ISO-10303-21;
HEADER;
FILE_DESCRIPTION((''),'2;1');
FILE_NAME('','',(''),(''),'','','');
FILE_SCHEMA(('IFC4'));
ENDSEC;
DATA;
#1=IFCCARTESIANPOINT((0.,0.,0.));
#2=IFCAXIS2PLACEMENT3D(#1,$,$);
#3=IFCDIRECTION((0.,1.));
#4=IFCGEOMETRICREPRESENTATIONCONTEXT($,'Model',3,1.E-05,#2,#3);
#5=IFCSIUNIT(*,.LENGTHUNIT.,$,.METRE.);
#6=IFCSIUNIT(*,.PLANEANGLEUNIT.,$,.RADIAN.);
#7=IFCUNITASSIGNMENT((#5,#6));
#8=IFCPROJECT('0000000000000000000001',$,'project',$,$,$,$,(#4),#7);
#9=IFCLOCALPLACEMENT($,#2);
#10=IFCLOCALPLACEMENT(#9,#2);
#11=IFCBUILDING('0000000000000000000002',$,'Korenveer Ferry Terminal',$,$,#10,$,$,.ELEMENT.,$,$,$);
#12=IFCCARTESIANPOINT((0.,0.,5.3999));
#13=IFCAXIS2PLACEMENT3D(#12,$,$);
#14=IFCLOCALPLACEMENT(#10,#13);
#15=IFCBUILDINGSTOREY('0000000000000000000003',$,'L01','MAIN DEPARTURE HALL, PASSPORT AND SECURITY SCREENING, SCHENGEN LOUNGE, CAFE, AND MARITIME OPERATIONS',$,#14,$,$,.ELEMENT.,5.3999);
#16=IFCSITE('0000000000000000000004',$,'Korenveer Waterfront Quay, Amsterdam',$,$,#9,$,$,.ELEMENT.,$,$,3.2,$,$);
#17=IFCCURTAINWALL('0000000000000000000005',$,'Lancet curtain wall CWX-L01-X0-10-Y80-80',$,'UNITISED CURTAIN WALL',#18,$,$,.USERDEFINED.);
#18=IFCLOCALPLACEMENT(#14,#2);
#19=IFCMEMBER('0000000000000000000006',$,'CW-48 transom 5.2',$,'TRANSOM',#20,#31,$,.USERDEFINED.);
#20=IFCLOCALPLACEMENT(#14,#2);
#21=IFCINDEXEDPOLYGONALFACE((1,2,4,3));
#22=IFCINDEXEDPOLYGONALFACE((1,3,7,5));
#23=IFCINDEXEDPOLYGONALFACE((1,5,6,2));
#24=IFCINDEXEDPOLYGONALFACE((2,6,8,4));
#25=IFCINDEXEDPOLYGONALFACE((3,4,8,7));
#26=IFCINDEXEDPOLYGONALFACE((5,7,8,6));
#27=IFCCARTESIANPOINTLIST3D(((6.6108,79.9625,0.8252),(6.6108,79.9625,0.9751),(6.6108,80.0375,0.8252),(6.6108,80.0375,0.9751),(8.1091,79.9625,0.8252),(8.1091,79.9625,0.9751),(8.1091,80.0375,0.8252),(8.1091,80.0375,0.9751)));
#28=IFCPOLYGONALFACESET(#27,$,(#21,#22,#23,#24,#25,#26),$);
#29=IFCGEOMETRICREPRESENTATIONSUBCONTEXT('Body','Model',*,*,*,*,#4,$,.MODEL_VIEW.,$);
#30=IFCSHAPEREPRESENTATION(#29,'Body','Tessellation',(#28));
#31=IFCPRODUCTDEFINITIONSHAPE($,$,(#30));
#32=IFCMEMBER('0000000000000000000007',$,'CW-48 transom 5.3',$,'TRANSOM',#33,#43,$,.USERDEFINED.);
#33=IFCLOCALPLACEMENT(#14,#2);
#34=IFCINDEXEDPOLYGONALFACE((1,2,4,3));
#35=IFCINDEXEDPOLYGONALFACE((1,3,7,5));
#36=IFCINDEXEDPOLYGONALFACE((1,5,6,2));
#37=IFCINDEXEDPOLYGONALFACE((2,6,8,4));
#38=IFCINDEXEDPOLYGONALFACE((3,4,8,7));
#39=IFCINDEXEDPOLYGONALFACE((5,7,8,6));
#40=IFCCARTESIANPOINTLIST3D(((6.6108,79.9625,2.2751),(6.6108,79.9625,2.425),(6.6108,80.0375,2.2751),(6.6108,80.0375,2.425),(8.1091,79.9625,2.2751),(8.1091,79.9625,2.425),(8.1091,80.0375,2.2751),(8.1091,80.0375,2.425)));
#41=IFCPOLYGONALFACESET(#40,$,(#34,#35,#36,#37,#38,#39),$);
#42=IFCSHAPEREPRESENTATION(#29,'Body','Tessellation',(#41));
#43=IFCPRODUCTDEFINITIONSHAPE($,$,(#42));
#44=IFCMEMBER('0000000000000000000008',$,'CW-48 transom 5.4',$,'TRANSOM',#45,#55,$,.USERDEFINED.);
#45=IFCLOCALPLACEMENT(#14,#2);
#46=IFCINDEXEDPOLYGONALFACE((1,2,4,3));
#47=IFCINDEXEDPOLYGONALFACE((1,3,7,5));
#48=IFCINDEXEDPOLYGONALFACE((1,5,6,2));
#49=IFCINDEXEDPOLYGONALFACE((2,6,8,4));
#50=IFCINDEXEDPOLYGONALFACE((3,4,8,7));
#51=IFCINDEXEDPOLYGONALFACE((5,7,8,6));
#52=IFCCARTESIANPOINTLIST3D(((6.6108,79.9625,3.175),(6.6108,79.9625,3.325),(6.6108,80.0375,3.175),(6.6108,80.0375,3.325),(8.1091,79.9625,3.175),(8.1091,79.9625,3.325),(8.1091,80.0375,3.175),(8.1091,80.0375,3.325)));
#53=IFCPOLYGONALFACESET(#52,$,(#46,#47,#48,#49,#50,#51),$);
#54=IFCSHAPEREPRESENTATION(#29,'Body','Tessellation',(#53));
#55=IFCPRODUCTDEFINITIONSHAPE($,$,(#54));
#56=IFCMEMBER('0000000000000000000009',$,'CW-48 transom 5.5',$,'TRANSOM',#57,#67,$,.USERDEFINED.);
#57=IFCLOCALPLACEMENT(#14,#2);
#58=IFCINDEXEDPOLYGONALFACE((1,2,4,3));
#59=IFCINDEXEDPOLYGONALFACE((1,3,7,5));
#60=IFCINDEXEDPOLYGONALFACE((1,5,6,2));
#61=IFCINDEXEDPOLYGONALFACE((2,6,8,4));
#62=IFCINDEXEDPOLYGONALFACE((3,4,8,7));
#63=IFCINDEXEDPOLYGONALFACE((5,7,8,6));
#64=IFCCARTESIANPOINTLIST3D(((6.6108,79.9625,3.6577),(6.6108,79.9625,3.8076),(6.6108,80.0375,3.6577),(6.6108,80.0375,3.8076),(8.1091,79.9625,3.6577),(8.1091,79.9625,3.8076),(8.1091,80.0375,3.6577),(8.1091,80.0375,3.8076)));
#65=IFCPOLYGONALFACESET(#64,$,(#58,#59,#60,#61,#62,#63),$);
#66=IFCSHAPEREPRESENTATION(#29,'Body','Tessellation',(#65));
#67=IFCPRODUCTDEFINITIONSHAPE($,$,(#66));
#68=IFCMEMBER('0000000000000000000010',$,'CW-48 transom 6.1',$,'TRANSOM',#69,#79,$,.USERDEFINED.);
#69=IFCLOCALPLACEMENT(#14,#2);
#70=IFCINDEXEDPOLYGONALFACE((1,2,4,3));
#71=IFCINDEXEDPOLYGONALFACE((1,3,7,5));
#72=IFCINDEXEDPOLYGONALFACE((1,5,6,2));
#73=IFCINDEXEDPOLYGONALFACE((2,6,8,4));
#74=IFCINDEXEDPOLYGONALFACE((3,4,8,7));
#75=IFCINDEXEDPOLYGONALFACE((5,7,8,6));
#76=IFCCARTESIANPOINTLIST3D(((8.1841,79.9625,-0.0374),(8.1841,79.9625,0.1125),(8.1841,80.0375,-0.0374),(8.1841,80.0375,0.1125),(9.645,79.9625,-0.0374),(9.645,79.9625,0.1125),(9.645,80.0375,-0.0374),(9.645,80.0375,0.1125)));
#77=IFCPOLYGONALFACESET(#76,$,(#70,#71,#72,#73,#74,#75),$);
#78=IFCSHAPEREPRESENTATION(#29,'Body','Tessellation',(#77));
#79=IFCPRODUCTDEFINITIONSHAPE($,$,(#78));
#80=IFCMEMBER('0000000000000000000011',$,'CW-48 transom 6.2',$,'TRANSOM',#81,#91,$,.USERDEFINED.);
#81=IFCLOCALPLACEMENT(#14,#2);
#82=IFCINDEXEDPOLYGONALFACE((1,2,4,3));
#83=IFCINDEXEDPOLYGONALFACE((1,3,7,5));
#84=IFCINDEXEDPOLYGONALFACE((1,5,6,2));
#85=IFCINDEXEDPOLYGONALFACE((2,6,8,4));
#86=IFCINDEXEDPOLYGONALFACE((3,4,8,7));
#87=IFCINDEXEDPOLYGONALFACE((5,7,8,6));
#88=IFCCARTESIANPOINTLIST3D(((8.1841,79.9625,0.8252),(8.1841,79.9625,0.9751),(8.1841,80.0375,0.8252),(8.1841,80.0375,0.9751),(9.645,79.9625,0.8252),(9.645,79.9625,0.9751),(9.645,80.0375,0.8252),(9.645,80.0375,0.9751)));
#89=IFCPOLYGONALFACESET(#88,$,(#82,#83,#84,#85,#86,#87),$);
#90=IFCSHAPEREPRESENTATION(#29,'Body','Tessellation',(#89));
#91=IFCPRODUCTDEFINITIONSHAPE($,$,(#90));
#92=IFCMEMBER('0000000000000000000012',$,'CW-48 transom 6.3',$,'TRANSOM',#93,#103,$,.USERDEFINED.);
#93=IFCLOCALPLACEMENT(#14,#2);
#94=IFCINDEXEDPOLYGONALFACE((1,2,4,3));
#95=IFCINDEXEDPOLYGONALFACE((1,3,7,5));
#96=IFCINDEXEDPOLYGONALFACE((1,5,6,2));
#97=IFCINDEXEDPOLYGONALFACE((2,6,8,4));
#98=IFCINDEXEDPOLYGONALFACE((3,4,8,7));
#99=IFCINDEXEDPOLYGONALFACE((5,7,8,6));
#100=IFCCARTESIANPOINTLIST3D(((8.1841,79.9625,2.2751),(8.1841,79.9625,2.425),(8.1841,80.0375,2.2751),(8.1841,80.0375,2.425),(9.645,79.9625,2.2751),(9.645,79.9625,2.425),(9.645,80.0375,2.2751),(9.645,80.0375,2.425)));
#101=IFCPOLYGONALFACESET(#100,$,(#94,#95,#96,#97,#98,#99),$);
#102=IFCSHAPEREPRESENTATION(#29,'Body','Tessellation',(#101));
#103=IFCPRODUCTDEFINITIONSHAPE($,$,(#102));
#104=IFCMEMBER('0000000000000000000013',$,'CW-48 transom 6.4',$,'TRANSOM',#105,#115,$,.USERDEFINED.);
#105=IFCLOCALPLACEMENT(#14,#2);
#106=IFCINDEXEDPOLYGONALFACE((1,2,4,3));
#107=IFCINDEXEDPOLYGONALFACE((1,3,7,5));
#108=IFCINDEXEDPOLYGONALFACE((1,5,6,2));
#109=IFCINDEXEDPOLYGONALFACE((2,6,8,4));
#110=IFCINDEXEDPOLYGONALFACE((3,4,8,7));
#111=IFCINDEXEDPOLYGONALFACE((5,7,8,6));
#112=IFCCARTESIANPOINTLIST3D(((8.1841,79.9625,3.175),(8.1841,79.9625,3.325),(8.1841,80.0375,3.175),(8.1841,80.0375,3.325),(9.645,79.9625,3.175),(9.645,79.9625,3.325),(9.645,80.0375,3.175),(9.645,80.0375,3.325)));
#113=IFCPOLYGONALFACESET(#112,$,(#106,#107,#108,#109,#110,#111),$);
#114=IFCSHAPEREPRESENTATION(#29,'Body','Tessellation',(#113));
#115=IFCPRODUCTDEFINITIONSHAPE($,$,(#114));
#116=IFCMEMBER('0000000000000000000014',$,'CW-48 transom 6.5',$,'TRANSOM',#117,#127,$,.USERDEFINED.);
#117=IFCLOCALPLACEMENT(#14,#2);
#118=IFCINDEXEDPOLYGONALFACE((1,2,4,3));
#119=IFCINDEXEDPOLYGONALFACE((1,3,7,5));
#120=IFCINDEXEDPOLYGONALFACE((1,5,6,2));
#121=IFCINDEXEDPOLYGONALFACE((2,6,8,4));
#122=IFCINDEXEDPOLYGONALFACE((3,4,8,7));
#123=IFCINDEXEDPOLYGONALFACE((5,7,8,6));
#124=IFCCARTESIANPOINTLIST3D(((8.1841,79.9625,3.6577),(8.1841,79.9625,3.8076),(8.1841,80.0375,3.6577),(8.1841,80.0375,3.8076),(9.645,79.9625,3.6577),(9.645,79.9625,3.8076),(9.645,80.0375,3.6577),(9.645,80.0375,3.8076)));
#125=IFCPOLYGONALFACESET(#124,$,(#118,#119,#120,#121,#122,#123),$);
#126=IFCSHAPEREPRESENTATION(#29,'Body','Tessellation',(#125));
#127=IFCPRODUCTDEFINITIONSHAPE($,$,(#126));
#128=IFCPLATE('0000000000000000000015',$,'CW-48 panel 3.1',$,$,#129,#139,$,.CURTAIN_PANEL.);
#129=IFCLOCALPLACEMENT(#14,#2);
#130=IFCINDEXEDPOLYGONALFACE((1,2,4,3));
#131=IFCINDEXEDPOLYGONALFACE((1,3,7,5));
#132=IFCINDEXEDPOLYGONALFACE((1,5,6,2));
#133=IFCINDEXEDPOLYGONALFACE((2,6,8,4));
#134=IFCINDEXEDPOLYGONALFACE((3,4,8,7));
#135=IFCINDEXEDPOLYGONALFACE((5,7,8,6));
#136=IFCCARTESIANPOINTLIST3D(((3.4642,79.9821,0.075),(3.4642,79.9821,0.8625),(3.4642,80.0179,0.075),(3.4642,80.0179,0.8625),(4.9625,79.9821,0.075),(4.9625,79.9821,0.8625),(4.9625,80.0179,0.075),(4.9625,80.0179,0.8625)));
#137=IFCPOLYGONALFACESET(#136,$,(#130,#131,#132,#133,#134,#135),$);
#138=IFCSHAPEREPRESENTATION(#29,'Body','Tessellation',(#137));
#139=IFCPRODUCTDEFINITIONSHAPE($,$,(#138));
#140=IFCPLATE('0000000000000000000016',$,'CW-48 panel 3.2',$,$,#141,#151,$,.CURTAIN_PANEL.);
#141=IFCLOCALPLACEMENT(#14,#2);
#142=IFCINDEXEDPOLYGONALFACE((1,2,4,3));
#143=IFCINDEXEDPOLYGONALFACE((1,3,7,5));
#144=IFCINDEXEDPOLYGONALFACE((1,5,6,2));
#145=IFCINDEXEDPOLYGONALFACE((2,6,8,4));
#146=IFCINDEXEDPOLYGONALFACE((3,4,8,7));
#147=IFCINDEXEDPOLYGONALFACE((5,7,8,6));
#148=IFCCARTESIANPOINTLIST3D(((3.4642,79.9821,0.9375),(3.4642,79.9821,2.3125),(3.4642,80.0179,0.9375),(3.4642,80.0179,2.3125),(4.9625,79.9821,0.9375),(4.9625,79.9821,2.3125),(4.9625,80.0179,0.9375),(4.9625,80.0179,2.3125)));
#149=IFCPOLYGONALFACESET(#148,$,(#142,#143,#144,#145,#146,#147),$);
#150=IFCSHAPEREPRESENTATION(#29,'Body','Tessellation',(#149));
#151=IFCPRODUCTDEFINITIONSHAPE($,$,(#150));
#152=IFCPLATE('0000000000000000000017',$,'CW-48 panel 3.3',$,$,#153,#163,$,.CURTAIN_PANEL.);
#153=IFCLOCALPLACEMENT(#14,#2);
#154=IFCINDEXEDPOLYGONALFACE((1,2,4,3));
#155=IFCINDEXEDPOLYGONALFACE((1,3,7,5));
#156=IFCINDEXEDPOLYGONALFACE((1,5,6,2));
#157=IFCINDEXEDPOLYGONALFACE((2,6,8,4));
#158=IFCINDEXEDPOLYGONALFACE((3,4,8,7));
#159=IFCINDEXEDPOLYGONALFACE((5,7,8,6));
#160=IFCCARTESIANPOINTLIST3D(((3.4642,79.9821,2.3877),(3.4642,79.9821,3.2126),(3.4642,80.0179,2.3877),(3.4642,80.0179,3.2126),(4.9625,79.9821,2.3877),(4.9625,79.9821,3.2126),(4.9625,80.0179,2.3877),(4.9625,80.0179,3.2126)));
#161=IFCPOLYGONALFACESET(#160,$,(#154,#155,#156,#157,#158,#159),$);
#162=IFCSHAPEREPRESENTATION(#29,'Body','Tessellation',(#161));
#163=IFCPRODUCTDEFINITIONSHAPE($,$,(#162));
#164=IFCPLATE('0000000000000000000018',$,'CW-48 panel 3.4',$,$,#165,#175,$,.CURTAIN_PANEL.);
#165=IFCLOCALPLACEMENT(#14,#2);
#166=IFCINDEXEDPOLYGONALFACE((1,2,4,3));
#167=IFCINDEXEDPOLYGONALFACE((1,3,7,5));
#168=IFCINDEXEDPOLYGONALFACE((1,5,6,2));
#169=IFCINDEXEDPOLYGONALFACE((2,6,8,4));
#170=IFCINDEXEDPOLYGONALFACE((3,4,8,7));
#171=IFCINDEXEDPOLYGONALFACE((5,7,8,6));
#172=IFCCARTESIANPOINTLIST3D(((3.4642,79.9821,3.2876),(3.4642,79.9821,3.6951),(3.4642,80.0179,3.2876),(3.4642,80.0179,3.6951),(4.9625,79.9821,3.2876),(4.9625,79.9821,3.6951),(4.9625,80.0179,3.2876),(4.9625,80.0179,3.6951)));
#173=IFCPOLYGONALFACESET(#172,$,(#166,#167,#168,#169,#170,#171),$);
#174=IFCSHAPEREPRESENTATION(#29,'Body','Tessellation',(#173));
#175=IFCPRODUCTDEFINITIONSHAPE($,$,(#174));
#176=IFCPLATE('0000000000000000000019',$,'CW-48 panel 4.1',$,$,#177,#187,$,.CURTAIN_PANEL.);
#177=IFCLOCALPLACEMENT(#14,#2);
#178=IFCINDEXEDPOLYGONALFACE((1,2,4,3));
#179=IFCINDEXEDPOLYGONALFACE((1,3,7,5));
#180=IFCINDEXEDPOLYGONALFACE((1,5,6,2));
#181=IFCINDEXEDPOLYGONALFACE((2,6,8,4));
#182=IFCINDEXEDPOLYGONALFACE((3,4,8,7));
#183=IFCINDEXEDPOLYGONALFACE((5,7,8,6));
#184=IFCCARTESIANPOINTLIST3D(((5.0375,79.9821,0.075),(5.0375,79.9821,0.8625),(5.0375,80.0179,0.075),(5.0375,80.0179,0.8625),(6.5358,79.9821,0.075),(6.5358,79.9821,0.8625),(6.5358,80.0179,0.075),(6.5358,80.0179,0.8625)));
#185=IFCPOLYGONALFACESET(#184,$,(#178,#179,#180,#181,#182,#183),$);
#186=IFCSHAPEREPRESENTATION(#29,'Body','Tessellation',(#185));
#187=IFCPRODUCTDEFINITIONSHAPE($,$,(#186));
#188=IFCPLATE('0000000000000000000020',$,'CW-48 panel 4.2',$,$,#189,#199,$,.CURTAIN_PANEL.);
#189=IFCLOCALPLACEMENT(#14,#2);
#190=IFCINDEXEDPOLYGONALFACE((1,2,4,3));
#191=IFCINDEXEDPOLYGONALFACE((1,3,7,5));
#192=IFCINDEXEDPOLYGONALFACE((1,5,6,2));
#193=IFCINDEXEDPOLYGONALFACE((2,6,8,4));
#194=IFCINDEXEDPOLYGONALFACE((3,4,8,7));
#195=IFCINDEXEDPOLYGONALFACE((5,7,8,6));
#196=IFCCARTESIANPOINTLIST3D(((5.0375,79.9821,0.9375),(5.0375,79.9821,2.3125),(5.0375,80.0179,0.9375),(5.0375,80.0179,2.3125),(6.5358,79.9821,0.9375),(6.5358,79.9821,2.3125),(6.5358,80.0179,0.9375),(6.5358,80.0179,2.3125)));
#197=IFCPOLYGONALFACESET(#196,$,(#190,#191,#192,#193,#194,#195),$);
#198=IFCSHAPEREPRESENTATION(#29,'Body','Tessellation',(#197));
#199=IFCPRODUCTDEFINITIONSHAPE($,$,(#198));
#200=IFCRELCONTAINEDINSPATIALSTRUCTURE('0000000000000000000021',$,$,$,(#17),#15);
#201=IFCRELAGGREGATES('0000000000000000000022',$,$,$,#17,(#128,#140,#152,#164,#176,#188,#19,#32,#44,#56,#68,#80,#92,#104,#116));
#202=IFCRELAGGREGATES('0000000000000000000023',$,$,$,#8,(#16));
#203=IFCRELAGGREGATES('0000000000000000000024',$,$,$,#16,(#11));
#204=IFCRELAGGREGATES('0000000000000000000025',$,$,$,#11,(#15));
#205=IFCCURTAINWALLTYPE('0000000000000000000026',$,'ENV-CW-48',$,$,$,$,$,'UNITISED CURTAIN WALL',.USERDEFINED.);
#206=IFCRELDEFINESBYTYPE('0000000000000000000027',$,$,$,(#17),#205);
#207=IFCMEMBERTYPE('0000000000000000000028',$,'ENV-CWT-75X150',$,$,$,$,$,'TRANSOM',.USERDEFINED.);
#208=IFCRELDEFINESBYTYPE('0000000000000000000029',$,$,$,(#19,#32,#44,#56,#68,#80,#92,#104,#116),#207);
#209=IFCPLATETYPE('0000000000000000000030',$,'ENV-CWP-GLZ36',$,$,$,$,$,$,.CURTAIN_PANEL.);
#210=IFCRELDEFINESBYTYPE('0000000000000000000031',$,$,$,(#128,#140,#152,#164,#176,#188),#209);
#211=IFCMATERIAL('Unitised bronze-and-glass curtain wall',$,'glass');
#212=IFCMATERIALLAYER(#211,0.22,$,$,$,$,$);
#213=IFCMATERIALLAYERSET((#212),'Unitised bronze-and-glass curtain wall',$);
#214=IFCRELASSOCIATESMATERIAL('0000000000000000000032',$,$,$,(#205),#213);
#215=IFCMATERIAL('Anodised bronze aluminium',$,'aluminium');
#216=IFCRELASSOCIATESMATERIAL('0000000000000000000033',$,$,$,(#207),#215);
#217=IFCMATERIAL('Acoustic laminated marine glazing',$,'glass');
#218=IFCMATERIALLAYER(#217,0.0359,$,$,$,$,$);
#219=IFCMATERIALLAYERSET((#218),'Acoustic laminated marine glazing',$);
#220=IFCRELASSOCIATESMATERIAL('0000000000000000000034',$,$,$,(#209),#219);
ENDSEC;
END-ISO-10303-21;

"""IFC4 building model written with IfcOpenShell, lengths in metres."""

from ifc_helpers import new_model, si_unit, direction, frame, origin, origin_2d, place, context, subcontext, project, spatial, rectangle, extrude, material, layer, layer_set, material_profile, profile_set, type_object, element, aggregate, save


model = new_model("IFC4")

# Units and contexts
model_context = context("Model", 3, precision=1e-05, world=origin(), true_north=direction((0.0, 1.0)))
body_context = subcontext(model_context, "Body", "Model", "MODEL_VIEW")
ifc_project = project(units=[si_unit("LENGTHUNIT", "METRE"), si_unit("PLANEANGLEUNIT", "RADIAN")], contexts=[model_context])

# Site, building, storey
site_placement = place(None, origin())
site = spatial("IfcSite", under=ifc_project, at=site_placement, Name="Korenveer Waterfront Quay, Amsterdam", CompositionType="ELEMENT", RefElevation=3.2)
building_placement = place(site_placement, origin())
building = spatial("IfcBuilding", under=site, at=building_placement, Name="Korenveer Ferry Terminal", CompositionType="ELEMENT")
storey_placement = place(building_placement, frame((0.0, 0.0, 5.3999)))
storey = spatial("IfcBuildingStorey", under=building, at=storey_placement, Name="L01", Description="MAIN DEPARTURE HALL, PASSPORT AND SECURITY SCREENING, SCHENGEN LOUNGE, CAFE, AND MARITIME OPERATIONS", CompositionType="ELEMENT", Elevation=5.3999)

# Curtain wall, members, plates
ifc_material_1 = material(Name="Unitised bronze-and-glass curtain wall", Category="glass")
ifc_layer_1 = layer(ifc_material_1, 0.22)
ifc_layer_set_1 = layer_set([ifc_layer_1], Name="Unitised bronze-and-glass curtain wall")
curtain_wall_type = type_object("IfcCurtainWallType", Name="ENV-CW-48", ElementType="UNITISED CURTAIN WALL", PredefinedType="USERDEFINED", material=ifc_layer_set_1)
curtain_wall_placement = place(storey_placement, frame((0.28, 80.0, 0.0)))
curtain_wall = element("IfcCurtainWall", 1, at=curtain_wall_placement, inside=storey, type_object=curtain_wall_type, Name="Lancet curtain wall CWX-L01-X0-10-Y80-80", ObjectType="UNITISED CURTAIN WALL", PredefinedType="USERDEFINED")
ifc_material_2 = material(Name="Anodised bronze aluminium", Category="aluminium")
ifc_material_profile_1 = material_profile(ifc_material_2, rectangle(XDim=0.075, YDim=0.1499, at=origin_2d()), Name="ALU 75x150")
ifc_profile_set_1 = profile_set([ifc_material_profile_1], Name="Anodised bronze aluminium")
member_type_1 = type_object("IfcMemberType", Name="ENV-CWT-75X150", ElementType="TRANSOM", PredefinedType="USERDEFINED", material=ifc_profile_set_1)
member_1_placement = place(storey_placement, frame((6.6108, 80.0, 0.9001), z_axis=(1.0, 0.0, 0.0), x_axis=(0.0, 1.0, 0.0)))
member_1 = element("IfcMember", 2, at=member_1_placement, type_object=member_type_1, Name="CW-48 transom 5.2", ObjectType="TRANSOM", PredefinedType="USERDEFINED", context=body_context, shape_type="SweptSolid", body=[
    extrude(rectangle(XDim=0.075, YDim=0.1499, at=origin_2d()), origin(), (0.0, 0.0, 1.0), 1.4983),
])
member_2_placement = place(storey_placement, frame((6.6108, 80.0, 2.3501), z_axis=(1.0, 0.0, 0.0), x_axis=(0.0, 1.0, 0.0)))
member_2 = element("IfcMember", 3, at=member_2_placement, type_object=member_type_1, Name="CW-48 transom 5.3", ObjectType="TRANSOM", PredefinedType="USERDEFINED", context=body_context, shape_type="SweptSolid", body=[
    extrude(rectangle(XDim=0.075, YDim=0.1499, at=origin_2d()), origin(), (0.0, 0.0, 1.0), 1.4983),
])
member_3_placement = place(storey_placement, frame((6.6108, 80.0, 3.25), z_axis=(1.0, 0.0, 0.0), x_axis=(0.0, 1.0, 0.0)))
member_3 = element("IfcMember", 4, at=member_3_placement, type_object=member_type_1, Name="CW-48 transom 5.4", ObjectType="TRANSOM", PredefinedType="USERDEFINED", context=body_context, shape_type="SweptSolid", body=[
    extrude(rectangle(XDim=0.075, YDim=0.1499, at=origin_2d()), origin(), (0.0, 0.0, 1.0), 1.4983),
])
member_4_placement = place(storey_placement, frame((6.6108, 80.0, 3.7327), z_axis=(1.0, 0.0, 0.0), x_axis=(0.0, 1.0, 0.0)))
member_4 = element("IfcMember", 5, at=member_4_placement, type_object=member_type_1, Name="CW-48 transom 5.5", ObjectType="TRANSOM", PredefinedType="USERDEFINED", context=body_context, shape_type="SweptSolid", body=[
    extrude(rectangle(XDim=0.075, YDim=0.1499, at=origin_2d()), origin(), (0.0, 0.0, 1.0), 1.4983),
])
member_5_placement = place(storey_placement, frame((8.1841, 80.0, 0.0376), z_axis=(1.0, 0.0, 0.0), x_axis=(0.0, 1.0, 0.0)))
member_5 = element("IfcMember", 6, at=member_5_placement, type_object=member_type_1, Name="CW-48 transom 6.1", ObjectType="TRANSOM", PredefinedType="USERDEFINED", context=body_context, shape_type="SweptSolid", body=[
    extrude(rectangle(XDim=0.075, YDim=0.1499, at=origin_2d()), origin(), (0.0, 0.0, 1.0), 1.4609),
])
member_6_placement = place(storey_placement, frame((8.1841, 80.0, 0.9001), z_axis=(1.0, 0.0, 0.0), x_axis=(0.0, 1.0, 0.0)))
member_6 = element("IfcMember", 7, at=member_6_placement, type_object=member_type_1, Name="CW-48 transom 6.2", ObjectType="TRANSOM", PredefinedType="USERDEFINED", context=body_context, shape_type="SweptSolid", body=[
    extrude(rectangle(XDim=0.075, YDim=0.1499, at=origin_2d()), origin(), (0.0, 0.0, 1.0), 1.4609),
])
member_7_placement = place(storey_placement, frame((8.1841, 80.0, 2.3501), z_axis=(1.0, 0.0, 0.0), x_axis=(0.0, 1.0, 0.0)))
member_7 = element("IfcMember", 8, at=member_7_placement, type_object=member_type_1, Name="CW-48 transom 6.3", ObjectType="TRANSOM", PredefinedType="USERDEFINED", context=body_context, shape_type="SweptSolid", body=[
    extrude(rectangle(XDim=0.075, YDim=0.1499, at=origin_2d()), origin(), (0.0, 0.0, 1.0), 1.4609),
])
member_8_placement = place(storey_placement, frame((8.1841, 80.0, 3.25), z_axis=(1.0, 0.0, 0.0), x_axis=(0.0, 1.0, 0.0)))
member_8 = element("IfcMember", 9, at=member_8_placement, type_object=member_type_1, Name="CW-48 transom 6.4", ObjectType="TRANSOM", PredefinedType="USERDEFINED", context=body_context, shape_type="SweptSolid", body=[
    extrude(rectangle(XDim=0.075, YDim=0.1499, at=origin_2d()), origin(), (0.0, 0.0, 1.0), 1.4609),
])
member_9_placement = place(storey_placement, frame((8.1841, 80.0, 3.7327), z_axis=(1.0, 0.0, 0.0), x_axis=(0.0, 1.0, 0.0)))
member_9 = element("IfcMember", 10, at=member_9_placement, type_object=member_type_1, Name="CW-48 transom 6.5", ObjectType="TRANSOM", PredefinedType="USERDEFINED", context=body_context, shape_type="SweptSolid", body=[
    extrude(rectangle(XDim=0.075, YDim=0.1499, at=origin_2d()), origin(), (0.0, 0.0, 1.0), 1.4609),
])
ifc_material_3 = material(Name="Acoustic laminated marine glazing", Category="glass")
ifc_layer_2 = layer(ifc_material_3, 0.0359)
ifc_layer_set_2 = layer_set([ifc_layer_2], Name="Acoustic laminated marine glazing")
plate_type = type_object("IfcPlateType", Name="ENV-CWP-GLZ36", PredefinedType="CURTAIN_PANEL", material=ifc_layer_set_2)
plate_1_placement = place(storey_placement, frame((4.2134, 80.0, 0.075), z_axis=(0.0, 0.0, 1.0), x_axis=(1.0, 0.0, 0.0)))
plate_1 = element("IfcPlate", 11, at=plate_1_placement, type_object=plate_type, Name="CW-48 panel 3.1", PredefinedType="CURTAIN_PANEL", context=body_context, shape_type="SweptSolid", body=[
    extrude(rectangle(XDim=1.4983, YDim=0.0359, at=origin_2d()), origin(), (0.0, 0.0, 1.0), 0.7876),
])
plate_2_placement = place(storey_placement, frame((4.2134, 80.0, 0.9375), z_axis=(0.0, 0.0, 1.0), x_axis=(1.0, 0.0, 0.0)))
plate_2 = element("IfcPlate", 12, at=plate_2_placement, type_object=plate_type, Name="CW-48 panel 3.2", PredefinedType="CURTAIN_PANEL", context=body_context, shape_type="SweptSolid", body=[
    extrude(rectangle(XDim=1.4983, YDim=0.0359, at=origin_2d()), origin(), (0.0, 0.0, 1.0), 1.375),
])
plate_3_placement = place(storey_placement, frame((4.2134, 80.0, 2.3877), z_axis=(0.0, 0.0, 1.0), x_axis=(1.0, 0.0, 0.0)))
plate_3 = element("IfcPlate", 13, at=plate_3_placement, type_object=plate_type, Name="CW-48 panel 3.3", PredefinedType="CURTAIN_PANEL", context=body_context, shape_type="SweptSolid", body=[
    extrude(rectangle(XDim=1.4983, YDim=0.0359, at=origin_2d()), origin(), (0.0, 0.0, 1.0), 0.825),
])
plate_4_placement = place(storey_placement, frame((4.2134, 80.0, 3.2876), z_axis=(0.0, 0.0, 1.0), x_axis=(1.0, 0.0, 0.0)))
plate_4 = element("IfcPlate", 14, at=plate_4_placement, type_object=plate_type, Name="CW-48 panel 3.4", PredefinedType="CURTAIN_PANEL", context=body_context, shape_type="SweptSolid", body=[
    extrude(rectangle(XDim=1.4983, YDim=0.0359, at=origin_2d()), origin(), (0.0, 0.0, 1.0), 0.4075),
])
plate_5_placement = place(storey_placement, frame((5.7866, 80.0, 0.075), z_axis=(0.0, 0.0, 1.0), x_axis=(1.0, 0.0, 0.0)))
plate_5 = element("IfcPlate", 15, at=plate_5_placement, type_object=plate_type, Name="CW-48 panel 4.1", PredefinedType="CURTAIN_PANEL", context=body_context, shape_type="SweptSolid", body=[
    extrude(rectangle(XDim=1.4983, YDim=0.0359, at=origin_2d()), origin(), (0.0, 0.0, 1.0), 0.7876),
])
plate_6_placement = place(storey_placement, frame((5.7866, 80.0, 0.9375), z_axis=(0.0, 0.0, 1.0), x_axis=(1.0, 0.0, 0.0)))
plate_6 = element("IfcPlate", 16, at=plate_6_placement, type_object=plate_type, Name="CW-48 panel 4.2", PredefinedType="CURTAIN_PANEL", context=body_context, shape_type="SweptSolid", body=[
    extrude(rectangle(XDim=1.4983, YDim=0.0359, at=origin_2d()), origin(), (0.0, 0.0, 1.0), 1.375),
])
aggregate(curtain_wall, [plate_1, plate_2, plate_3, plate_4, plate_5, plate_6, member_1, member_2, member_3, member_4, member_5, member_6, member_7, member_8, member_9])

save(model, "model.ifc")
